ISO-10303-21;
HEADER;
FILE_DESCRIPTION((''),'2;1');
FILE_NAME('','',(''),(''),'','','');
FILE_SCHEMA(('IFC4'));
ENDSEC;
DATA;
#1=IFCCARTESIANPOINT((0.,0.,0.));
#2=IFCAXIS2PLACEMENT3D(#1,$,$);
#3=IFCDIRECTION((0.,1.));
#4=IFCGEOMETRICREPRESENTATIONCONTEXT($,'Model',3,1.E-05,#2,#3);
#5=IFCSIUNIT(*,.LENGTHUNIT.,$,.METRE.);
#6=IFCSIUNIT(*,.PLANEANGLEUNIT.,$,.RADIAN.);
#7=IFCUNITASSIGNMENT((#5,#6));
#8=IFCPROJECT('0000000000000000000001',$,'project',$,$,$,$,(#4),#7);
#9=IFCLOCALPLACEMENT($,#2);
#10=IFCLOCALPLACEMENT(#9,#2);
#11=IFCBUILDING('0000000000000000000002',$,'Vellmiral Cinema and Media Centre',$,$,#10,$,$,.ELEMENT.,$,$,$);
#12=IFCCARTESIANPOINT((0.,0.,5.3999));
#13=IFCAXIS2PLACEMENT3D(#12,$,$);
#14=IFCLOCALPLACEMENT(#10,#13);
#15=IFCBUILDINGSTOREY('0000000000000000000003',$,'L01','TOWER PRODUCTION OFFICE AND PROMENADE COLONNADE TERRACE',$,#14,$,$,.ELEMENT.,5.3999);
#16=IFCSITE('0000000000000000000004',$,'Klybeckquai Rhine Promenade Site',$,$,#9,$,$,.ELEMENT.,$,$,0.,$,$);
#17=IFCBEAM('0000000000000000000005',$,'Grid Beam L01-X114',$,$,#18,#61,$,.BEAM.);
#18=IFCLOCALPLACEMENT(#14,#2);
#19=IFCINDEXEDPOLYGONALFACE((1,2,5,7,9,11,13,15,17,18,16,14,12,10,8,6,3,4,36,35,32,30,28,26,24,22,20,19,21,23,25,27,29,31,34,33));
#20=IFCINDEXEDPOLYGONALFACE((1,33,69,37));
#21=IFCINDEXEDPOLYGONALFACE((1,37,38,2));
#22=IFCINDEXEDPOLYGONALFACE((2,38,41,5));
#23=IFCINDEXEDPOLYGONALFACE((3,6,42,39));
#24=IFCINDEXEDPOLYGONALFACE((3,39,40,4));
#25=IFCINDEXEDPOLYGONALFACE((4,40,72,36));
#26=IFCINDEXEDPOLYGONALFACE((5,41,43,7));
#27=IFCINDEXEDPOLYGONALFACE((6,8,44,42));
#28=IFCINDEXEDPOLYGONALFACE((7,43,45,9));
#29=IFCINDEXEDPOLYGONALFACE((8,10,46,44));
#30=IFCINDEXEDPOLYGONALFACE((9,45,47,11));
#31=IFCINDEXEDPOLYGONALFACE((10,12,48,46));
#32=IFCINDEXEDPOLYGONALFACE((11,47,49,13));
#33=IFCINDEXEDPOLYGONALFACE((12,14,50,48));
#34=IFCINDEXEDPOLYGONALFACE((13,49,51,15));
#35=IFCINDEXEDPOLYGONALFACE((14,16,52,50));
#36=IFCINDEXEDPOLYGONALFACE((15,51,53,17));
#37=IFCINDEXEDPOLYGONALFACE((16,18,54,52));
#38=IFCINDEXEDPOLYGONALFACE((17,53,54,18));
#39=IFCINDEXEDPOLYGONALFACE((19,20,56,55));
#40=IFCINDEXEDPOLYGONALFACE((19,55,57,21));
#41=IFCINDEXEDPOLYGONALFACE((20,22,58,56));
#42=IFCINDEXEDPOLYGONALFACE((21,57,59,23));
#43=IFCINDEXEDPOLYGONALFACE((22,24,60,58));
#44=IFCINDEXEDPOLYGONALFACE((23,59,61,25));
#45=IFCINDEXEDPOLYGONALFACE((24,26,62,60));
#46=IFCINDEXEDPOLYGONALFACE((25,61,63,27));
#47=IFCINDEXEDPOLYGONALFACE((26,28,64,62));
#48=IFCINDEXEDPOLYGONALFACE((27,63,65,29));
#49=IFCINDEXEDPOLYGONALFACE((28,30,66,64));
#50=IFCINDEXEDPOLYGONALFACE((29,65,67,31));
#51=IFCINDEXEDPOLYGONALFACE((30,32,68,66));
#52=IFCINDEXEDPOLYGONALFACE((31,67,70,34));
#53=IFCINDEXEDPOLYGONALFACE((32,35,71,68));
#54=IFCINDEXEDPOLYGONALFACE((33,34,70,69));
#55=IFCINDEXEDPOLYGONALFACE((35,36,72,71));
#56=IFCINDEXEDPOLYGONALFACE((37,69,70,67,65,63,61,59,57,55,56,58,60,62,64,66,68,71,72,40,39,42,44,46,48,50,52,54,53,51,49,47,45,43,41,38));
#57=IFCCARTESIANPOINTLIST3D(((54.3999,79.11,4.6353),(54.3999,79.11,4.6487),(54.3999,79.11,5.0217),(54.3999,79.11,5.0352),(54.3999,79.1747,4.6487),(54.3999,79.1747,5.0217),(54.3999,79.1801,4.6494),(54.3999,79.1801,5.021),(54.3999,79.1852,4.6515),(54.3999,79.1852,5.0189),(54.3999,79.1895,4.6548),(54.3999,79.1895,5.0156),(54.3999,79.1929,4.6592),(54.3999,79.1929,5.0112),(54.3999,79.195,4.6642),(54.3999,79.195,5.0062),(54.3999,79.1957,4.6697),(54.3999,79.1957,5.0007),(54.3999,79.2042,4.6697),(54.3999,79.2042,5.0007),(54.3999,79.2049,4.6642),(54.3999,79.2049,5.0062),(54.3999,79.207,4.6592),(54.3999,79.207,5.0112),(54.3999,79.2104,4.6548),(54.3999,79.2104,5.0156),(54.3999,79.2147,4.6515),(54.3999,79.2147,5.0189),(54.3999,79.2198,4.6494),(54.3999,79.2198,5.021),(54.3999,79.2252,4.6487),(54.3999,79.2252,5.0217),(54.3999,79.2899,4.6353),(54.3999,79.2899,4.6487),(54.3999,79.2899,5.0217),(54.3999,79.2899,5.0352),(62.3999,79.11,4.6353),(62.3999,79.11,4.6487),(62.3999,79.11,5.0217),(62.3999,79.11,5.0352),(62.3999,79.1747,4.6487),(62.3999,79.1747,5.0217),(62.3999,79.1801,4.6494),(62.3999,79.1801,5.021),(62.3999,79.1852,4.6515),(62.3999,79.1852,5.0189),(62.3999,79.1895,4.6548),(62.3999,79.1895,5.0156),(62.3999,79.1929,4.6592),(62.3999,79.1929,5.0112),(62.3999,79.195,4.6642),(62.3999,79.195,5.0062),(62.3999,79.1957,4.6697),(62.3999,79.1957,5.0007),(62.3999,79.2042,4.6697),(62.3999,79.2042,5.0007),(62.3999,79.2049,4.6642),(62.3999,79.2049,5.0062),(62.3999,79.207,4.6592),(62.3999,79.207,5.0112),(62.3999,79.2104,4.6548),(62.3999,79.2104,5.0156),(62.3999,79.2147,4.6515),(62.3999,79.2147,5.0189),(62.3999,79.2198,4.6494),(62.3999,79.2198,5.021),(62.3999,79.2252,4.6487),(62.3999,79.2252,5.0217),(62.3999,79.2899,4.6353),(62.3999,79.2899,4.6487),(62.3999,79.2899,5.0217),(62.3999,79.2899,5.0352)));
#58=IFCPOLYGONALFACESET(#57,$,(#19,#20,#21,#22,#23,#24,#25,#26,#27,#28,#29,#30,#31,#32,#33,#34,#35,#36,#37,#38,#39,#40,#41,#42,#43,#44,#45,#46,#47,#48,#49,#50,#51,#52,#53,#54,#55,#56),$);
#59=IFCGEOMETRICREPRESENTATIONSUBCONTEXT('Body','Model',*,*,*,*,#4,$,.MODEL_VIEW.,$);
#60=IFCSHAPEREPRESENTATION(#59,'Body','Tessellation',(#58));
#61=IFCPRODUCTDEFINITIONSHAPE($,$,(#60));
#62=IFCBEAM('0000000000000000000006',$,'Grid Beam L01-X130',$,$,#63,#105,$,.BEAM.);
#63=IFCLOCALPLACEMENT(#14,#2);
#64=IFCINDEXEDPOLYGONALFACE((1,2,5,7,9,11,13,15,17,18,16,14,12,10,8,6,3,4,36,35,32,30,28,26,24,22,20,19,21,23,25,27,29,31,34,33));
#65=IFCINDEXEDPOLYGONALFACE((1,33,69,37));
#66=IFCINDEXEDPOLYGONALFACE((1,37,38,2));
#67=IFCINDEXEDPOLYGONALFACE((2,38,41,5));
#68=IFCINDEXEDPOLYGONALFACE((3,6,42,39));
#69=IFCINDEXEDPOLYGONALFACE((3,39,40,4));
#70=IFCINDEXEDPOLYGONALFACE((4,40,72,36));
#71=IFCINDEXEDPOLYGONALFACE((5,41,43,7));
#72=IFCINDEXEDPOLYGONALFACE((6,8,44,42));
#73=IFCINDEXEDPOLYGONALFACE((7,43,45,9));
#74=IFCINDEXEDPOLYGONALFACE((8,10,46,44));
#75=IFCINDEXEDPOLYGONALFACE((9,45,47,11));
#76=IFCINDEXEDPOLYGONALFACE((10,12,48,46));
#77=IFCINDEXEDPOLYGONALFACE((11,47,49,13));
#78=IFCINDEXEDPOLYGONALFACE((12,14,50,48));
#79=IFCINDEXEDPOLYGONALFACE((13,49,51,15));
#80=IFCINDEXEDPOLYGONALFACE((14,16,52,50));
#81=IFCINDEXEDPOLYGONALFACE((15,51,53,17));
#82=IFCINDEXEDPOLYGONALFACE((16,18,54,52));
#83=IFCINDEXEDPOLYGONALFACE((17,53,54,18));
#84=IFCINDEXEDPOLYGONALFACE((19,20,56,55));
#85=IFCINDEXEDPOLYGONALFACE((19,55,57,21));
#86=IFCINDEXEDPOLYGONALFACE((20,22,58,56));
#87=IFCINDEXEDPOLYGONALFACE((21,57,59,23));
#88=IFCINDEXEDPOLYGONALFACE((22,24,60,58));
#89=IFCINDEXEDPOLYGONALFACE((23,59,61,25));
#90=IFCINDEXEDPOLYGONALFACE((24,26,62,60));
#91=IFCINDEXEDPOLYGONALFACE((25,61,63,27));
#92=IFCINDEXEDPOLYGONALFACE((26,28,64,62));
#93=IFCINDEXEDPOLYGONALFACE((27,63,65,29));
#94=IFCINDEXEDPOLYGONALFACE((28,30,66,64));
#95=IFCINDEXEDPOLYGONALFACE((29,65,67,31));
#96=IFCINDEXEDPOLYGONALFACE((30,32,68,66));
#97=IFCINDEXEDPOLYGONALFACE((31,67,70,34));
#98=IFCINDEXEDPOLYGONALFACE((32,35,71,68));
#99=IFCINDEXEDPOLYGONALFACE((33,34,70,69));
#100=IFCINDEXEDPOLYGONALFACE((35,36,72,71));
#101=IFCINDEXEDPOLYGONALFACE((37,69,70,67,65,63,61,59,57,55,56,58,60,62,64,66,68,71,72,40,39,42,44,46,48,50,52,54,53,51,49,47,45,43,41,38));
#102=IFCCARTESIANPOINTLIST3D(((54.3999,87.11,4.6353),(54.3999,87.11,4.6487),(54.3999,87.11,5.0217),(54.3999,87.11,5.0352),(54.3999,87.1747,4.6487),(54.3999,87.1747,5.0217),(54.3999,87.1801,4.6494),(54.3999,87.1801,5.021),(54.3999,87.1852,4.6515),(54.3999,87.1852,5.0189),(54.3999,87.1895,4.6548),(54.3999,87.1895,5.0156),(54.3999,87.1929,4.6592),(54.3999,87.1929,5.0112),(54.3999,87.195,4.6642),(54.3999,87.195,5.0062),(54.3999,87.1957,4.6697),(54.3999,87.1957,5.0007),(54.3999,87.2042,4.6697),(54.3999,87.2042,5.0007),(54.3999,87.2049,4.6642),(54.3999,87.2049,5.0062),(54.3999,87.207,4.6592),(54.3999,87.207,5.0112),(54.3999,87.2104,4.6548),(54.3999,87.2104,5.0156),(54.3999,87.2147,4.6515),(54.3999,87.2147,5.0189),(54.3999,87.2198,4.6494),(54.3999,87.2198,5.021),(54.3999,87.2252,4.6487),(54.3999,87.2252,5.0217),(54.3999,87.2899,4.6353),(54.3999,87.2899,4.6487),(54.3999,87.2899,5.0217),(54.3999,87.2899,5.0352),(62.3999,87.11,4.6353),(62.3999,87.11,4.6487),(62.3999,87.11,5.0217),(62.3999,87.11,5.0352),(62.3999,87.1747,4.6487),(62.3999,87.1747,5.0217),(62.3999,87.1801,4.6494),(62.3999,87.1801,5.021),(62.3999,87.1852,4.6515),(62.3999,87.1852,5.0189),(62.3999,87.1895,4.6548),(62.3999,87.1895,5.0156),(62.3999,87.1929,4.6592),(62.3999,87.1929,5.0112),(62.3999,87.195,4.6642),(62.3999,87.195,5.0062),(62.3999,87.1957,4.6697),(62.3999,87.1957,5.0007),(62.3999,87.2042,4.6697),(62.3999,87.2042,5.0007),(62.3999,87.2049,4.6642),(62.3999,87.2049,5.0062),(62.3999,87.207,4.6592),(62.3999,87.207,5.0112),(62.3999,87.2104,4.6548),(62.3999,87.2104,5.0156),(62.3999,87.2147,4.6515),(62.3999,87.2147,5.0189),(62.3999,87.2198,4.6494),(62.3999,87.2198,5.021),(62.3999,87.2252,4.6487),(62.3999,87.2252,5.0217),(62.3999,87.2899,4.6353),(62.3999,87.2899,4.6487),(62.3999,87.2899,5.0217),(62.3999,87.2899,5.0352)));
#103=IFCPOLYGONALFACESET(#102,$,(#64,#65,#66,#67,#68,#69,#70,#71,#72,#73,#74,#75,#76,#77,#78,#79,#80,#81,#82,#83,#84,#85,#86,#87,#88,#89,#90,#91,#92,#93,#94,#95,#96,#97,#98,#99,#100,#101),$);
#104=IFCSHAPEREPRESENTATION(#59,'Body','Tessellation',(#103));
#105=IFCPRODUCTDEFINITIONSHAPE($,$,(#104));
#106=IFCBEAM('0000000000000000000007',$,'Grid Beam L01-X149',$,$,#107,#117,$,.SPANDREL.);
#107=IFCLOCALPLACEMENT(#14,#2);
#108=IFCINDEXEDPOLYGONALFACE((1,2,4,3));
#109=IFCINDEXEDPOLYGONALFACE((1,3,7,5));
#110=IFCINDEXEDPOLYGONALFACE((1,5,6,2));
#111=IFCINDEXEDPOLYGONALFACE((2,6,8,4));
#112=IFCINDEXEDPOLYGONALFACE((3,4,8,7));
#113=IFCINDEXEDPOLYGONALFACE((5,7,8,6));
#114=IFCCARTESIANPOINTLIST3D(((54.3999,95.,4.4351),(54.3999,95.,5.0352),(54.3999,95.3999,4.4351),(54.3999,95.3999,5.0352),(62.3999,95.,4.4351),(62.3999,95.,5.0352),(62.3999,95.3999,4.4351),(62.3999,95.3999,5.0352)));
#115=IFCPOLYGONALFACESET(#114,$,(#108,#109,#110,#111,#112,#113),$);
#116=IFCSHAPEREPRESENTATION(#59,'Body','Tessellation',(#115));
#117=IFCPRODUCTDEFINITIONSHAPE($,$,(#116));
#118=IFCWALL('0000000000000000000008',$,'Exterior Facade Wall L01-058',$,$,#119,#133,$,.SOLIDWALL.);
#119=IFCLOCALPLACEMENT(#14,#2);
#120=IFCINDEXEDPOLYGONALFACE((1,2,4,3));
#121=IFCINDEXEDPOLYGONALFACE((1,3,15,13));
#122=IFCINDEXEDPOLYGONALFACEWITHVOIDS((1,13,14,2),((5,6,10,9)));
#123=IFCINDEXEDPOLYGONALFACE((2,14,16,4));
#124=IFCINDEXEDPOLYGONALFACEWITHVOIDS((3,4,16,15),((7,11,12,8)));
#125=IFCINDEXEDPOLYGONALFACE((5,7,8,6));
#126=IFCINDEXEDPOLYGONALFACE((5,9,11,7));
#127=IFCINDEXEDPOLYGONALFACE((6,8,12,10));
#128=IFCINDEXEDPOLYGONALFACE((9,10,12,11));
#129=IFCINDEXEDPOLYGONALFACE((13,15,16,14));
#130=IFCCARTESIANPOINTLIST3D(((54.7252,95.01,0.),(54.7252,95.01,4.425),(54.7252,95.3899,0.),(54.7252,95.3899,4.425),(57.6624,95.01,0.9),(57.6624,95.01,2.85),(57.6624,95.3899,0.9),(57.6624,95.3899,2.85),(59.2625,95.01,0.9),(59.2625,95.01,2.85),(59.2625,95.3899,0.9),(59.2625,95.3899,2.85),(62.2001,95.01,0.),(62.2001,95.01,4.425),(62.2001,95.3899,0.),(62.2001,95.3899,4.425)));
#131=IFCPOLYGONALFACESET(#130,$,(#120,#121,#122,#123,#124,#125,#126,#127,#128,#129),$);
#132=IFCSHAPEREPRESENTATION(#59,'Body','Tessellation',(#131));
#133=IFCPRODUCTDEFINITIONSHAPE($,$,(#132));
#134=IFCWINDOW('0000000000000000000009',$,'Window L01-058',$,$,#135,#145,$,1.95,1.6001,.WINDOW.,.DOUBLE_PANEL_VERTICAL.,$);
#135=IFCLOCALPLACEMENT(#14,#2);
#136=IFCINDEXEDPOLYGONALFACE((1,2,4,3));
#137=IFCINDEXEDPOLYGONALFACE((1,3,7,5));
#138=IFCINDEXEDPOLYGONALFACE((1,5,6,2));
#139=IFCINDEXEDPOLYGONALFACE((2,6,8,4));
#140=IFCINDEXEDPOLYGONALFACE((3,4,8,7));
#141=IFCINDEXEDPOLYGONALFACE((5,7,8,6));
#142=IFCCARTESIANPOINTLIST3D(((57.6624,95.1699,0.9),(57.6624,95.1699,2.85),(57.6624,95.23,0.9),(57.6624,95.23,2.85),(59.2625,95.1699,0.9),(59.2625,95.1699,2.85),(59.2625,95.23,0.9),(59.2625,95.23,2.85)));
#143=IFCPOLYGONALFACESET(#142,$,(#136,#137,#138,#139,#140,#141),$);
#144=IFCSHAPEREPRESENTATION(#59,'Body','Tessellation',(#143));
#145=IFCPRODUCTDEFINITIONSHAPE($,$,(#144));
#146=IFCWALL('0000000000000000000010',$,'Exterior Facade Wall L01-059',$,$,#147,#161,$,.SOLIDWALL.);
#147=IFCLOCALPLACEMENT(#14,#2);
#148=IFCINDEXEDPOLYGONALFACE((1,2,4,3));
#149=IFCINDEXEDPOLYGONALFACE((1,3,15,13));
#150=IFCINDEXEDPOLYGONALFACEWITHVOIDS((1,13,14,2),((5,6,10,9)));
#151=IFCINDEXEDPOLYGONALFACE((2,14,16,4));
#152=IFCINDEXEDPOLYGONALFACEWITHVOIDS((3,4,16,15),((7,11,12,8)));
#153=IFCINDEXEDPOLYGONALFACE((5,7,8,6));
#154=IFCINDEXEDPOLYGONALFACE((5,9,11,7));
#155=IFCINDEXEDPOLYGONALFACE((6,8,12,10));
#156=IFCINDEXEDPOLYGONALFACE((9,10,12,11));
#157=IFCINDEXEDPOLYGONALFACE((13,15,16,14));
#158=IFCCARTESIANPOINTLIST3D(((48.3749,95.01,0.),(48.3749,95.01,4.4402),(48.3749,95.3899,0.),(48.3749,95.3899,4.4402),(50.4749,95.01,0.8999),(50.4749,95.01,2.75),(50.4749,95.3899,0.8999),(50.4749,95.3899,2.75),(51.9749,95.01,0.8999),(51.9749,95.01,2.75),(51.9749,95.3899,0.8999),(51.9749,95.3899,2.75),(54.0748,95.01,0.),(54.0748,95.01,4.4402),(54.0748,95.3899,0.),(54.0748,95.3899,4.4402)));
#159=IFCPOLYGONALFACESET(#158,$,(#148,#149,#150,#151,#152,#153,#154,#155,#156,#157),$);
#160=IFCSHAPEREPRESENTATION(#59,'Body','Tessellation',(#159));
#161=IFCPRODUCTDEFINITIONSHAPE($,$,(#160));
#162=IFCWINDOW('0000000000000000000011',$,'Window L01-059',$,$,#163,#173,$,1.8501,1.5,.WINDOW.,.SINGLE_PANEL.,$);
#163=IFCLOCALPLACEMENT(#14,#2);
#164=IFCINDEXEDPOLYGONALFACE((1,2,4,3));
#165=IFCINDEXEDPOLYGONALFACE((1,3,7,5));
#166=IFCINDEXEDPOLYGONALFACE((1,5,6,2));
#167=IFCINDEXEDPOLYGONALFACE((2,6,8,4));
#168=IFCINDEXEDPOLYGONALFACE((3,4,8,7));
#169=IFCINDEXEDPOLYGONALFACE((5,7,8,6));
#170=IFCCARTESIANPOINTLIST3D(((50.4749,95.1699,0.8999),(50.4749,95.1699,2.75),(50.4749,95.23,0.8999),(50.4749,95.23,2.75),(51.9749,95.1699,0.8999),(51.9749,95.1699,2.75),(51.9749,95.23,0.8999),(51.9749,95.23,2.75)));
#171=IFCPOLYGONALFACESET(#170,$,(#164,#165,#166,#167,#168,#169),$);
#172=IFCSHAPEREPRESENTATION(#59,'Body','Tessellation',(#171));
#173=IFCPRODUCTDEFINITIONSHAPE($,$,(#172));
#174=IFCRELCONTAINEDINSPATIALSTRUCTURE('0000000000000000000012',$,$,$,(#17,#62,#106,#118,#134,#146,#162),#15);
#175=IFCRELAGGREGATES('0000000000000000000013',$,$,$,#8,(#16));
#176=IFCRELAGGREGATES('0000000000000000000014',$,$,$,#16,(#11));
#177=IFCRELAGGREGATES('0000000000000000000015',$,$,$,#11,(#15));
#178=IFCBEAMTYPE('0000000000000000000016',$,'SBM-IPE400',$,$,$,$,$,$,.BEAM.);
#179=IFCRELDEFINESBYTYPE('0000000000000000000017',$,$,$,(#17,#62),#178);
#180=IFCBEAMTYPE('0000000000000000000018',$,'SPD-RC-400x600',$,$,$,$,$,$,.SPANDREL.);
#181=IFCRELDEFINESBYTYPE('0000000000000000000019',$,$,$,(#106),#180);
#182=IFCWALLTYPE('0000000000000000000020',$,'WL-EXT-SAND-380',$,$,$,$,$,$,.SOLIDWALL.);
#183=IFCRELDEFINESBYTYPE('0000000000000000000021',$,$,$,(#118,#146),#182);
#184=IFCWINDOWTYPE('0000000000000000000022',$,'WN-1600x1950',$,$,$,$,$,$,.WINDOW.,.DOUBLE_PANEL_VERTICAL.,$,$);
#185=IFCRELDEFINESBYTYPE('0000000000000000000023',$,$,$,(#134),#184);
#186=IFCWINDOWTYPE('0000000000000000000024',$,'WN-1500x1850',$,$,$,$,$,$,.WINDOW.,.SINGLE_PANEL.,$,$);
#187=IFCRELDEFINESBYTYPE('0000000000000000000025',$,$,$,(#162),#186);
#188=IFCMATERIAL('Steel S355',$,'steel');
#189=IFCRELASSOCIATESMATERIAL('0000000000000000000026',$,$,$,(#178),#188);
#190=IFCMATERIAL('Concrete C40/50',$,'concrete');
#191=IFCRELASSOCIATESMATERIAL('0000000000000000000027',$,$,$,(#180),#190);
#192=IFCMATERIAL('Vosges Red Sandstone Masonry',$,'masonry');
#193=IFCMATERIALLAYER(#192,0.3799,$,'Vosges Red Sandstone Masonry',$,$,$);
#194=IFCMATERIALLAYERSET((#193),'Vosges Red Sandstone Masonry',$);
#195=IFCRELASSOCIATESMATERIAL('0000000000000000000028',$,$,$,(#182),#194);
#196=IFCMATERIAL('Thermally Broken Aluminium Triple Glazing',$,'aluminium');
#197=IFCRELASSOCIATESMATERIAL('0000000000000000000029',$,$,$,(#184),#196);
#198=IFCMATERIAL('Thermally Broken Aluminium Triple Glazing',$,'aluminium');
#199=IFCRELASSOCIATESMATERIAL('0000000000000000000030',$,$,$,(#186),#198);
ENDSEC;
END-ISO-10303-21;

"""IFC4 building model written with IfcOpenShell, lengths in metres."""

from ifc_helpers import new_model, si_unit, direction, frame, frame_2d, origin, origin_2d, place, context, subcontext, project, spatial, rectangle, i_section, extrude, material, layer, layer_set, material_profile, profile_set, type_object, element, fill, save


model = new_model("IFC4")

# Units and contexts
model_context = context("Model", 3, precision=1e-05, world=origin(), true_north=direction((0.0, 1.0)))
body_context = subcontext(model_context, "Body", "Model", "MODEL_VIEW")
ifc_project = project(units=[si_unit("LENGTHUNIT", "METRE"), si_unit("PLANEANGLEUNIT", "RADIAN")], contexts=[model_context])

# Site, building, storey
site_placement = place(None, origin())
site = spatial("IfcSite", under=ifc_project, at=site_placement, Name="Klybeckquai Rhine Promenade Site", CompositionType="ELEMENT", RefElevation=0.0)
building_placement = place(site_placement, origin())
building = spatial("IfcBuilding", under=site, at=building_placement, Name="Vellmiral Cinema and Media Centre", CompositionType="ELEMENT")
storey_placement = place(building_placement, frame((0.0, 0.0, 5.3999)))
storey = spatial("IfcBuildingStorey", under=building, at=storey_placement, Name="L01", Description="TOWER PRODUCTION OFFICE AND PROMENADE COLONNADE TERRACE", CompositionType="ELEMENT", Elevation=5.3999)

# Beams
ifc_material_1 = material(Name="Steel S355", Category="steel")
ifc_material_profile_1 = material_profile(ifc_material_1, i_section(OverallWidth=0.1799, OverallDepth=0.3999, WebThickness=0.0085, FlangeThickness=0.0134, FilletRadius=0.021, at=origin_2d()), Name="IPE 400")
ifc_profile_set_1 = profile_set([ifc_material_profile_1], Name="Steel S355")
beam_type_1 = type_object("IfcBeamType", Name="SBM-IPE400", PredefinedType="BEAM", material=ifc_profile_set_1)
for number, where, z_axis, x_axis, name in (
    (1, (54.3999, 79.2, 4.8352), (1.0, 0.0, 0.0), (0.0, 1.0, 0.0), "Grid Beam L01-X114"),
    (2, (54.3999, 87.2, 4.8352), (1.0, 0.0, 0.0), (0.0, 1.0, 0.0), "Grid Beam L01-X130"),
):
    element("IfcBeam", number, at=place(storey_placement, frame(where, z_axis=z_axis, x_axis=x_axis)), inside=storey, type_object=beam_type_1, Name=name, PredefinedType="BEAM", context=body_context, shape_type="SweptSolid", body=[
        extrude(i_section(OverallWidth=0.1799, OverallDepth=0.3999, WebThickness=0.0085, FlangeThickness=0.0134, FilletRadius=0.021, at=origin_2d()), origin(), (0.0, 0.0, 1.0), 8.0),
    ])
ifc_material_2 = material(Name="Concrete C40/50", Category="concrete")
ifc_material_profile_2 = material_profile(ifc_material_2, rectangle(XDim=0.3999, YDim=0.6001, at=origin_2d()), Name="RC 400x600")
ifc_profile_set_2 = profile_set([ifc_material_profile_2], Name="Concrete C40/50")
beam_type_2 = type_object("IfcBeamType", Name="SPD-RC-400x600", PredefinedType="SPANDREL", material=ifc_profile_set_2)
beam_1_placement = place(storey_placement, frame((54.3999, 95.2, 4.7351), z_axis=(1.0, 0.0, 0.0), x_axis=(0.0, 1.0, 0.0)))
element("IfcBeam", 3, at=beam_1_placement, inside=storey, type_object=beam_type_2, Name="Grid Beam L01-X149", PredefinedType="SPANDREL", context=body_context, shape_type="SweptSolid", body=[
    extrude(rectangle(XDim=0.3999, YDim=0.6001, at=origin_2d()), origin(), (0.0, 0.0, 1.0), 8.0),
])

# Walls, openings, windows
ifc_material_3 = material(Name="Vosges Red Sandstone Masonry", Category="masonry")
ifc_layer_1 = layer(ifc_material_3, 0.3799, Name="Vosges Red Sandstone Masonry")
ifc_layer_set_1 = layer_set([ifc_layer_1], Name="Vosges Red Sandstone Masonry")
wall_type_1 = type_object("IfcWallType", Name="WL-EXT-SAND-380", PredefinedType="SOLIDWALL", material=ifc_layer_set_1)
wall_1_placement = place(storey_placement, frame((62.2, 95.2, 0.0), z_axis=(0.0, 0.0, 1.0), x_axis=(-1.0, 0.0, 0.0)))
wall_1 = element("IfcWall", 4, at=wall_1_placement, inside=storey, type_object=wall_type_1, Name="Exterior Facade Wall L01-058", PredefinedType="SOLIDWALL", context=body_context, shape_type="SweptSolid", body=[
    extrude(rectangle(XDim=7.4749, YDim=0.3799, at=frame_2d((3.7373, 0.0))), origin(), (0.0, 0.0, 1.0), 4.425),
])
opening_1_placement = place(wall_1_placement, frame((2.9375, 0.0, 0.8999)))
opening_1 = element("IfcOpeningElement", 5, at=opening_1_placement, cuts=wall_1, PredefinedType="OPENING", context=body_context, shape_type="SweptSolid", body=[
    extrude(rectangle(XDim=1.6001, YDim=1.95, at=frame_2d((0.8, 0.9751))), frame((0.0, 0.2019, 0.0), z_axis=(0.0, -1.0, 0.0), x_axis=(1.0, 0.0, 0.0)), (0.0, 0.0, 1.0), 0.4038),
])
ifc_material_4 = material(Name="Thermally Broken Aluminium Triple Glazing", Category="aluminium")
window_type_1 = type_object("IfcWindowType", Name="WN-1600x1950", PartitioningType="DOUBLE_PANEL_VERTICAL", PredefinedType="WINDOW", material=ifc_material_4)
window_1_placement = place(opening_1_placement, origin())
window_1 = element("IfcWindow", 6, at=window_1_placement, inside=storey, type_object=window_type_1, Name="Window L01-058", OverallHeight=1.95, OverallWidth=1.6001, PartitioningType="DOUBLE_PANEL_VERTICAL", PredefinedType="WINDOW", context=body_context, shape_type="SweptSolid", body=[
    extrude(rectangle(XDim=1.6001, YDim=1.95, at=frame_2d((0.8, 0.9751))), frame((0.0, 0.03, 0.0), z_axis=(0.0, -1.0, 0.0), x_axis=(1.0, 0.0, 0.0)), (0.0, 0.0, 1.0), 0.0601),
])
fill(opening_1, window_1)
wall_2_placement = place(storey_placement, frame((54.075, 95.2, 0.0), z_axis=(0.0, 0.0, 1.0), x_axis=(-1.0, 0.0, 0.0)))
wall_2 = element("IfcWall", 7, at=wall_2_placement, inside=storey, type_object=wall_type_1, Name="Exterior Facade Wall L01-059", PredefinedType="SOLIDWALL", context=body_context, shape_type="SweptSolid", body=[
    extrude(rectangle(XDim=5.7, YDim=0.3799, at=frame_2d((2.8501, 0.0))), origin(), (0.0, 0.0, 1.0), 4.4402),
])
opening_2_placement = place(wall_2_placement, frame((2.1001, 0.0, 0.8999)))
opening_2 = element("IfcOpeningElement", 8, at=opening_2_placement, cuts=wall_2, PredefinedType="OPENING", context=body_context, shape_type="SweptSolid", body=[
    extrude(rectangle(XDim=1.5, YDim=1.8501, at=frame_2d((0.75, 0.925))), frame((0.0, 0.2019, 0.0), z_axis=(0.0, -1.0, 0.0), x_axis=(1.0, 0.0, 0.0)), (0.0, 0.0, 1.0), 0.4038),
])
ifc_material_5 = material(Name="Thermally Broken Aluminium Triple Glazing", Category="aluminium")
window_type_2 = type_object("IfcWindowType", Name="WN-1500x1850", PartitioningType="SINGLE_PANEL", PredefinedType="WINDOW", material=ifc_material_5)
window_2_placement = place(opening_2_placement, origin())
window_2 = element("IfcWindow", 9, at=window_2_placement, inside=storey, type_object=window_type_2, Name="Window L01-059", OverallHeight=1.8501, OverallWidth=1.5, PartitioningType="SINGLE_PANEL", PredefinedType="WINDOW", context=body_context, shape_type="SweptSolid", body=[
    extrude(rectangle(XDim=1.5, YDim=1.8501, at=frame_2d((0.75, 0.925))), frame((0.0, 0.03, 0.0), z_axis=(0.0, -1.0, 0.0), x_axis=(1.0, 0.0, 0.0)), (0.0, 0.0, 1.0), 0.0601),
])
fill(opening_2, window_2)

save(model, "model.ifc")
